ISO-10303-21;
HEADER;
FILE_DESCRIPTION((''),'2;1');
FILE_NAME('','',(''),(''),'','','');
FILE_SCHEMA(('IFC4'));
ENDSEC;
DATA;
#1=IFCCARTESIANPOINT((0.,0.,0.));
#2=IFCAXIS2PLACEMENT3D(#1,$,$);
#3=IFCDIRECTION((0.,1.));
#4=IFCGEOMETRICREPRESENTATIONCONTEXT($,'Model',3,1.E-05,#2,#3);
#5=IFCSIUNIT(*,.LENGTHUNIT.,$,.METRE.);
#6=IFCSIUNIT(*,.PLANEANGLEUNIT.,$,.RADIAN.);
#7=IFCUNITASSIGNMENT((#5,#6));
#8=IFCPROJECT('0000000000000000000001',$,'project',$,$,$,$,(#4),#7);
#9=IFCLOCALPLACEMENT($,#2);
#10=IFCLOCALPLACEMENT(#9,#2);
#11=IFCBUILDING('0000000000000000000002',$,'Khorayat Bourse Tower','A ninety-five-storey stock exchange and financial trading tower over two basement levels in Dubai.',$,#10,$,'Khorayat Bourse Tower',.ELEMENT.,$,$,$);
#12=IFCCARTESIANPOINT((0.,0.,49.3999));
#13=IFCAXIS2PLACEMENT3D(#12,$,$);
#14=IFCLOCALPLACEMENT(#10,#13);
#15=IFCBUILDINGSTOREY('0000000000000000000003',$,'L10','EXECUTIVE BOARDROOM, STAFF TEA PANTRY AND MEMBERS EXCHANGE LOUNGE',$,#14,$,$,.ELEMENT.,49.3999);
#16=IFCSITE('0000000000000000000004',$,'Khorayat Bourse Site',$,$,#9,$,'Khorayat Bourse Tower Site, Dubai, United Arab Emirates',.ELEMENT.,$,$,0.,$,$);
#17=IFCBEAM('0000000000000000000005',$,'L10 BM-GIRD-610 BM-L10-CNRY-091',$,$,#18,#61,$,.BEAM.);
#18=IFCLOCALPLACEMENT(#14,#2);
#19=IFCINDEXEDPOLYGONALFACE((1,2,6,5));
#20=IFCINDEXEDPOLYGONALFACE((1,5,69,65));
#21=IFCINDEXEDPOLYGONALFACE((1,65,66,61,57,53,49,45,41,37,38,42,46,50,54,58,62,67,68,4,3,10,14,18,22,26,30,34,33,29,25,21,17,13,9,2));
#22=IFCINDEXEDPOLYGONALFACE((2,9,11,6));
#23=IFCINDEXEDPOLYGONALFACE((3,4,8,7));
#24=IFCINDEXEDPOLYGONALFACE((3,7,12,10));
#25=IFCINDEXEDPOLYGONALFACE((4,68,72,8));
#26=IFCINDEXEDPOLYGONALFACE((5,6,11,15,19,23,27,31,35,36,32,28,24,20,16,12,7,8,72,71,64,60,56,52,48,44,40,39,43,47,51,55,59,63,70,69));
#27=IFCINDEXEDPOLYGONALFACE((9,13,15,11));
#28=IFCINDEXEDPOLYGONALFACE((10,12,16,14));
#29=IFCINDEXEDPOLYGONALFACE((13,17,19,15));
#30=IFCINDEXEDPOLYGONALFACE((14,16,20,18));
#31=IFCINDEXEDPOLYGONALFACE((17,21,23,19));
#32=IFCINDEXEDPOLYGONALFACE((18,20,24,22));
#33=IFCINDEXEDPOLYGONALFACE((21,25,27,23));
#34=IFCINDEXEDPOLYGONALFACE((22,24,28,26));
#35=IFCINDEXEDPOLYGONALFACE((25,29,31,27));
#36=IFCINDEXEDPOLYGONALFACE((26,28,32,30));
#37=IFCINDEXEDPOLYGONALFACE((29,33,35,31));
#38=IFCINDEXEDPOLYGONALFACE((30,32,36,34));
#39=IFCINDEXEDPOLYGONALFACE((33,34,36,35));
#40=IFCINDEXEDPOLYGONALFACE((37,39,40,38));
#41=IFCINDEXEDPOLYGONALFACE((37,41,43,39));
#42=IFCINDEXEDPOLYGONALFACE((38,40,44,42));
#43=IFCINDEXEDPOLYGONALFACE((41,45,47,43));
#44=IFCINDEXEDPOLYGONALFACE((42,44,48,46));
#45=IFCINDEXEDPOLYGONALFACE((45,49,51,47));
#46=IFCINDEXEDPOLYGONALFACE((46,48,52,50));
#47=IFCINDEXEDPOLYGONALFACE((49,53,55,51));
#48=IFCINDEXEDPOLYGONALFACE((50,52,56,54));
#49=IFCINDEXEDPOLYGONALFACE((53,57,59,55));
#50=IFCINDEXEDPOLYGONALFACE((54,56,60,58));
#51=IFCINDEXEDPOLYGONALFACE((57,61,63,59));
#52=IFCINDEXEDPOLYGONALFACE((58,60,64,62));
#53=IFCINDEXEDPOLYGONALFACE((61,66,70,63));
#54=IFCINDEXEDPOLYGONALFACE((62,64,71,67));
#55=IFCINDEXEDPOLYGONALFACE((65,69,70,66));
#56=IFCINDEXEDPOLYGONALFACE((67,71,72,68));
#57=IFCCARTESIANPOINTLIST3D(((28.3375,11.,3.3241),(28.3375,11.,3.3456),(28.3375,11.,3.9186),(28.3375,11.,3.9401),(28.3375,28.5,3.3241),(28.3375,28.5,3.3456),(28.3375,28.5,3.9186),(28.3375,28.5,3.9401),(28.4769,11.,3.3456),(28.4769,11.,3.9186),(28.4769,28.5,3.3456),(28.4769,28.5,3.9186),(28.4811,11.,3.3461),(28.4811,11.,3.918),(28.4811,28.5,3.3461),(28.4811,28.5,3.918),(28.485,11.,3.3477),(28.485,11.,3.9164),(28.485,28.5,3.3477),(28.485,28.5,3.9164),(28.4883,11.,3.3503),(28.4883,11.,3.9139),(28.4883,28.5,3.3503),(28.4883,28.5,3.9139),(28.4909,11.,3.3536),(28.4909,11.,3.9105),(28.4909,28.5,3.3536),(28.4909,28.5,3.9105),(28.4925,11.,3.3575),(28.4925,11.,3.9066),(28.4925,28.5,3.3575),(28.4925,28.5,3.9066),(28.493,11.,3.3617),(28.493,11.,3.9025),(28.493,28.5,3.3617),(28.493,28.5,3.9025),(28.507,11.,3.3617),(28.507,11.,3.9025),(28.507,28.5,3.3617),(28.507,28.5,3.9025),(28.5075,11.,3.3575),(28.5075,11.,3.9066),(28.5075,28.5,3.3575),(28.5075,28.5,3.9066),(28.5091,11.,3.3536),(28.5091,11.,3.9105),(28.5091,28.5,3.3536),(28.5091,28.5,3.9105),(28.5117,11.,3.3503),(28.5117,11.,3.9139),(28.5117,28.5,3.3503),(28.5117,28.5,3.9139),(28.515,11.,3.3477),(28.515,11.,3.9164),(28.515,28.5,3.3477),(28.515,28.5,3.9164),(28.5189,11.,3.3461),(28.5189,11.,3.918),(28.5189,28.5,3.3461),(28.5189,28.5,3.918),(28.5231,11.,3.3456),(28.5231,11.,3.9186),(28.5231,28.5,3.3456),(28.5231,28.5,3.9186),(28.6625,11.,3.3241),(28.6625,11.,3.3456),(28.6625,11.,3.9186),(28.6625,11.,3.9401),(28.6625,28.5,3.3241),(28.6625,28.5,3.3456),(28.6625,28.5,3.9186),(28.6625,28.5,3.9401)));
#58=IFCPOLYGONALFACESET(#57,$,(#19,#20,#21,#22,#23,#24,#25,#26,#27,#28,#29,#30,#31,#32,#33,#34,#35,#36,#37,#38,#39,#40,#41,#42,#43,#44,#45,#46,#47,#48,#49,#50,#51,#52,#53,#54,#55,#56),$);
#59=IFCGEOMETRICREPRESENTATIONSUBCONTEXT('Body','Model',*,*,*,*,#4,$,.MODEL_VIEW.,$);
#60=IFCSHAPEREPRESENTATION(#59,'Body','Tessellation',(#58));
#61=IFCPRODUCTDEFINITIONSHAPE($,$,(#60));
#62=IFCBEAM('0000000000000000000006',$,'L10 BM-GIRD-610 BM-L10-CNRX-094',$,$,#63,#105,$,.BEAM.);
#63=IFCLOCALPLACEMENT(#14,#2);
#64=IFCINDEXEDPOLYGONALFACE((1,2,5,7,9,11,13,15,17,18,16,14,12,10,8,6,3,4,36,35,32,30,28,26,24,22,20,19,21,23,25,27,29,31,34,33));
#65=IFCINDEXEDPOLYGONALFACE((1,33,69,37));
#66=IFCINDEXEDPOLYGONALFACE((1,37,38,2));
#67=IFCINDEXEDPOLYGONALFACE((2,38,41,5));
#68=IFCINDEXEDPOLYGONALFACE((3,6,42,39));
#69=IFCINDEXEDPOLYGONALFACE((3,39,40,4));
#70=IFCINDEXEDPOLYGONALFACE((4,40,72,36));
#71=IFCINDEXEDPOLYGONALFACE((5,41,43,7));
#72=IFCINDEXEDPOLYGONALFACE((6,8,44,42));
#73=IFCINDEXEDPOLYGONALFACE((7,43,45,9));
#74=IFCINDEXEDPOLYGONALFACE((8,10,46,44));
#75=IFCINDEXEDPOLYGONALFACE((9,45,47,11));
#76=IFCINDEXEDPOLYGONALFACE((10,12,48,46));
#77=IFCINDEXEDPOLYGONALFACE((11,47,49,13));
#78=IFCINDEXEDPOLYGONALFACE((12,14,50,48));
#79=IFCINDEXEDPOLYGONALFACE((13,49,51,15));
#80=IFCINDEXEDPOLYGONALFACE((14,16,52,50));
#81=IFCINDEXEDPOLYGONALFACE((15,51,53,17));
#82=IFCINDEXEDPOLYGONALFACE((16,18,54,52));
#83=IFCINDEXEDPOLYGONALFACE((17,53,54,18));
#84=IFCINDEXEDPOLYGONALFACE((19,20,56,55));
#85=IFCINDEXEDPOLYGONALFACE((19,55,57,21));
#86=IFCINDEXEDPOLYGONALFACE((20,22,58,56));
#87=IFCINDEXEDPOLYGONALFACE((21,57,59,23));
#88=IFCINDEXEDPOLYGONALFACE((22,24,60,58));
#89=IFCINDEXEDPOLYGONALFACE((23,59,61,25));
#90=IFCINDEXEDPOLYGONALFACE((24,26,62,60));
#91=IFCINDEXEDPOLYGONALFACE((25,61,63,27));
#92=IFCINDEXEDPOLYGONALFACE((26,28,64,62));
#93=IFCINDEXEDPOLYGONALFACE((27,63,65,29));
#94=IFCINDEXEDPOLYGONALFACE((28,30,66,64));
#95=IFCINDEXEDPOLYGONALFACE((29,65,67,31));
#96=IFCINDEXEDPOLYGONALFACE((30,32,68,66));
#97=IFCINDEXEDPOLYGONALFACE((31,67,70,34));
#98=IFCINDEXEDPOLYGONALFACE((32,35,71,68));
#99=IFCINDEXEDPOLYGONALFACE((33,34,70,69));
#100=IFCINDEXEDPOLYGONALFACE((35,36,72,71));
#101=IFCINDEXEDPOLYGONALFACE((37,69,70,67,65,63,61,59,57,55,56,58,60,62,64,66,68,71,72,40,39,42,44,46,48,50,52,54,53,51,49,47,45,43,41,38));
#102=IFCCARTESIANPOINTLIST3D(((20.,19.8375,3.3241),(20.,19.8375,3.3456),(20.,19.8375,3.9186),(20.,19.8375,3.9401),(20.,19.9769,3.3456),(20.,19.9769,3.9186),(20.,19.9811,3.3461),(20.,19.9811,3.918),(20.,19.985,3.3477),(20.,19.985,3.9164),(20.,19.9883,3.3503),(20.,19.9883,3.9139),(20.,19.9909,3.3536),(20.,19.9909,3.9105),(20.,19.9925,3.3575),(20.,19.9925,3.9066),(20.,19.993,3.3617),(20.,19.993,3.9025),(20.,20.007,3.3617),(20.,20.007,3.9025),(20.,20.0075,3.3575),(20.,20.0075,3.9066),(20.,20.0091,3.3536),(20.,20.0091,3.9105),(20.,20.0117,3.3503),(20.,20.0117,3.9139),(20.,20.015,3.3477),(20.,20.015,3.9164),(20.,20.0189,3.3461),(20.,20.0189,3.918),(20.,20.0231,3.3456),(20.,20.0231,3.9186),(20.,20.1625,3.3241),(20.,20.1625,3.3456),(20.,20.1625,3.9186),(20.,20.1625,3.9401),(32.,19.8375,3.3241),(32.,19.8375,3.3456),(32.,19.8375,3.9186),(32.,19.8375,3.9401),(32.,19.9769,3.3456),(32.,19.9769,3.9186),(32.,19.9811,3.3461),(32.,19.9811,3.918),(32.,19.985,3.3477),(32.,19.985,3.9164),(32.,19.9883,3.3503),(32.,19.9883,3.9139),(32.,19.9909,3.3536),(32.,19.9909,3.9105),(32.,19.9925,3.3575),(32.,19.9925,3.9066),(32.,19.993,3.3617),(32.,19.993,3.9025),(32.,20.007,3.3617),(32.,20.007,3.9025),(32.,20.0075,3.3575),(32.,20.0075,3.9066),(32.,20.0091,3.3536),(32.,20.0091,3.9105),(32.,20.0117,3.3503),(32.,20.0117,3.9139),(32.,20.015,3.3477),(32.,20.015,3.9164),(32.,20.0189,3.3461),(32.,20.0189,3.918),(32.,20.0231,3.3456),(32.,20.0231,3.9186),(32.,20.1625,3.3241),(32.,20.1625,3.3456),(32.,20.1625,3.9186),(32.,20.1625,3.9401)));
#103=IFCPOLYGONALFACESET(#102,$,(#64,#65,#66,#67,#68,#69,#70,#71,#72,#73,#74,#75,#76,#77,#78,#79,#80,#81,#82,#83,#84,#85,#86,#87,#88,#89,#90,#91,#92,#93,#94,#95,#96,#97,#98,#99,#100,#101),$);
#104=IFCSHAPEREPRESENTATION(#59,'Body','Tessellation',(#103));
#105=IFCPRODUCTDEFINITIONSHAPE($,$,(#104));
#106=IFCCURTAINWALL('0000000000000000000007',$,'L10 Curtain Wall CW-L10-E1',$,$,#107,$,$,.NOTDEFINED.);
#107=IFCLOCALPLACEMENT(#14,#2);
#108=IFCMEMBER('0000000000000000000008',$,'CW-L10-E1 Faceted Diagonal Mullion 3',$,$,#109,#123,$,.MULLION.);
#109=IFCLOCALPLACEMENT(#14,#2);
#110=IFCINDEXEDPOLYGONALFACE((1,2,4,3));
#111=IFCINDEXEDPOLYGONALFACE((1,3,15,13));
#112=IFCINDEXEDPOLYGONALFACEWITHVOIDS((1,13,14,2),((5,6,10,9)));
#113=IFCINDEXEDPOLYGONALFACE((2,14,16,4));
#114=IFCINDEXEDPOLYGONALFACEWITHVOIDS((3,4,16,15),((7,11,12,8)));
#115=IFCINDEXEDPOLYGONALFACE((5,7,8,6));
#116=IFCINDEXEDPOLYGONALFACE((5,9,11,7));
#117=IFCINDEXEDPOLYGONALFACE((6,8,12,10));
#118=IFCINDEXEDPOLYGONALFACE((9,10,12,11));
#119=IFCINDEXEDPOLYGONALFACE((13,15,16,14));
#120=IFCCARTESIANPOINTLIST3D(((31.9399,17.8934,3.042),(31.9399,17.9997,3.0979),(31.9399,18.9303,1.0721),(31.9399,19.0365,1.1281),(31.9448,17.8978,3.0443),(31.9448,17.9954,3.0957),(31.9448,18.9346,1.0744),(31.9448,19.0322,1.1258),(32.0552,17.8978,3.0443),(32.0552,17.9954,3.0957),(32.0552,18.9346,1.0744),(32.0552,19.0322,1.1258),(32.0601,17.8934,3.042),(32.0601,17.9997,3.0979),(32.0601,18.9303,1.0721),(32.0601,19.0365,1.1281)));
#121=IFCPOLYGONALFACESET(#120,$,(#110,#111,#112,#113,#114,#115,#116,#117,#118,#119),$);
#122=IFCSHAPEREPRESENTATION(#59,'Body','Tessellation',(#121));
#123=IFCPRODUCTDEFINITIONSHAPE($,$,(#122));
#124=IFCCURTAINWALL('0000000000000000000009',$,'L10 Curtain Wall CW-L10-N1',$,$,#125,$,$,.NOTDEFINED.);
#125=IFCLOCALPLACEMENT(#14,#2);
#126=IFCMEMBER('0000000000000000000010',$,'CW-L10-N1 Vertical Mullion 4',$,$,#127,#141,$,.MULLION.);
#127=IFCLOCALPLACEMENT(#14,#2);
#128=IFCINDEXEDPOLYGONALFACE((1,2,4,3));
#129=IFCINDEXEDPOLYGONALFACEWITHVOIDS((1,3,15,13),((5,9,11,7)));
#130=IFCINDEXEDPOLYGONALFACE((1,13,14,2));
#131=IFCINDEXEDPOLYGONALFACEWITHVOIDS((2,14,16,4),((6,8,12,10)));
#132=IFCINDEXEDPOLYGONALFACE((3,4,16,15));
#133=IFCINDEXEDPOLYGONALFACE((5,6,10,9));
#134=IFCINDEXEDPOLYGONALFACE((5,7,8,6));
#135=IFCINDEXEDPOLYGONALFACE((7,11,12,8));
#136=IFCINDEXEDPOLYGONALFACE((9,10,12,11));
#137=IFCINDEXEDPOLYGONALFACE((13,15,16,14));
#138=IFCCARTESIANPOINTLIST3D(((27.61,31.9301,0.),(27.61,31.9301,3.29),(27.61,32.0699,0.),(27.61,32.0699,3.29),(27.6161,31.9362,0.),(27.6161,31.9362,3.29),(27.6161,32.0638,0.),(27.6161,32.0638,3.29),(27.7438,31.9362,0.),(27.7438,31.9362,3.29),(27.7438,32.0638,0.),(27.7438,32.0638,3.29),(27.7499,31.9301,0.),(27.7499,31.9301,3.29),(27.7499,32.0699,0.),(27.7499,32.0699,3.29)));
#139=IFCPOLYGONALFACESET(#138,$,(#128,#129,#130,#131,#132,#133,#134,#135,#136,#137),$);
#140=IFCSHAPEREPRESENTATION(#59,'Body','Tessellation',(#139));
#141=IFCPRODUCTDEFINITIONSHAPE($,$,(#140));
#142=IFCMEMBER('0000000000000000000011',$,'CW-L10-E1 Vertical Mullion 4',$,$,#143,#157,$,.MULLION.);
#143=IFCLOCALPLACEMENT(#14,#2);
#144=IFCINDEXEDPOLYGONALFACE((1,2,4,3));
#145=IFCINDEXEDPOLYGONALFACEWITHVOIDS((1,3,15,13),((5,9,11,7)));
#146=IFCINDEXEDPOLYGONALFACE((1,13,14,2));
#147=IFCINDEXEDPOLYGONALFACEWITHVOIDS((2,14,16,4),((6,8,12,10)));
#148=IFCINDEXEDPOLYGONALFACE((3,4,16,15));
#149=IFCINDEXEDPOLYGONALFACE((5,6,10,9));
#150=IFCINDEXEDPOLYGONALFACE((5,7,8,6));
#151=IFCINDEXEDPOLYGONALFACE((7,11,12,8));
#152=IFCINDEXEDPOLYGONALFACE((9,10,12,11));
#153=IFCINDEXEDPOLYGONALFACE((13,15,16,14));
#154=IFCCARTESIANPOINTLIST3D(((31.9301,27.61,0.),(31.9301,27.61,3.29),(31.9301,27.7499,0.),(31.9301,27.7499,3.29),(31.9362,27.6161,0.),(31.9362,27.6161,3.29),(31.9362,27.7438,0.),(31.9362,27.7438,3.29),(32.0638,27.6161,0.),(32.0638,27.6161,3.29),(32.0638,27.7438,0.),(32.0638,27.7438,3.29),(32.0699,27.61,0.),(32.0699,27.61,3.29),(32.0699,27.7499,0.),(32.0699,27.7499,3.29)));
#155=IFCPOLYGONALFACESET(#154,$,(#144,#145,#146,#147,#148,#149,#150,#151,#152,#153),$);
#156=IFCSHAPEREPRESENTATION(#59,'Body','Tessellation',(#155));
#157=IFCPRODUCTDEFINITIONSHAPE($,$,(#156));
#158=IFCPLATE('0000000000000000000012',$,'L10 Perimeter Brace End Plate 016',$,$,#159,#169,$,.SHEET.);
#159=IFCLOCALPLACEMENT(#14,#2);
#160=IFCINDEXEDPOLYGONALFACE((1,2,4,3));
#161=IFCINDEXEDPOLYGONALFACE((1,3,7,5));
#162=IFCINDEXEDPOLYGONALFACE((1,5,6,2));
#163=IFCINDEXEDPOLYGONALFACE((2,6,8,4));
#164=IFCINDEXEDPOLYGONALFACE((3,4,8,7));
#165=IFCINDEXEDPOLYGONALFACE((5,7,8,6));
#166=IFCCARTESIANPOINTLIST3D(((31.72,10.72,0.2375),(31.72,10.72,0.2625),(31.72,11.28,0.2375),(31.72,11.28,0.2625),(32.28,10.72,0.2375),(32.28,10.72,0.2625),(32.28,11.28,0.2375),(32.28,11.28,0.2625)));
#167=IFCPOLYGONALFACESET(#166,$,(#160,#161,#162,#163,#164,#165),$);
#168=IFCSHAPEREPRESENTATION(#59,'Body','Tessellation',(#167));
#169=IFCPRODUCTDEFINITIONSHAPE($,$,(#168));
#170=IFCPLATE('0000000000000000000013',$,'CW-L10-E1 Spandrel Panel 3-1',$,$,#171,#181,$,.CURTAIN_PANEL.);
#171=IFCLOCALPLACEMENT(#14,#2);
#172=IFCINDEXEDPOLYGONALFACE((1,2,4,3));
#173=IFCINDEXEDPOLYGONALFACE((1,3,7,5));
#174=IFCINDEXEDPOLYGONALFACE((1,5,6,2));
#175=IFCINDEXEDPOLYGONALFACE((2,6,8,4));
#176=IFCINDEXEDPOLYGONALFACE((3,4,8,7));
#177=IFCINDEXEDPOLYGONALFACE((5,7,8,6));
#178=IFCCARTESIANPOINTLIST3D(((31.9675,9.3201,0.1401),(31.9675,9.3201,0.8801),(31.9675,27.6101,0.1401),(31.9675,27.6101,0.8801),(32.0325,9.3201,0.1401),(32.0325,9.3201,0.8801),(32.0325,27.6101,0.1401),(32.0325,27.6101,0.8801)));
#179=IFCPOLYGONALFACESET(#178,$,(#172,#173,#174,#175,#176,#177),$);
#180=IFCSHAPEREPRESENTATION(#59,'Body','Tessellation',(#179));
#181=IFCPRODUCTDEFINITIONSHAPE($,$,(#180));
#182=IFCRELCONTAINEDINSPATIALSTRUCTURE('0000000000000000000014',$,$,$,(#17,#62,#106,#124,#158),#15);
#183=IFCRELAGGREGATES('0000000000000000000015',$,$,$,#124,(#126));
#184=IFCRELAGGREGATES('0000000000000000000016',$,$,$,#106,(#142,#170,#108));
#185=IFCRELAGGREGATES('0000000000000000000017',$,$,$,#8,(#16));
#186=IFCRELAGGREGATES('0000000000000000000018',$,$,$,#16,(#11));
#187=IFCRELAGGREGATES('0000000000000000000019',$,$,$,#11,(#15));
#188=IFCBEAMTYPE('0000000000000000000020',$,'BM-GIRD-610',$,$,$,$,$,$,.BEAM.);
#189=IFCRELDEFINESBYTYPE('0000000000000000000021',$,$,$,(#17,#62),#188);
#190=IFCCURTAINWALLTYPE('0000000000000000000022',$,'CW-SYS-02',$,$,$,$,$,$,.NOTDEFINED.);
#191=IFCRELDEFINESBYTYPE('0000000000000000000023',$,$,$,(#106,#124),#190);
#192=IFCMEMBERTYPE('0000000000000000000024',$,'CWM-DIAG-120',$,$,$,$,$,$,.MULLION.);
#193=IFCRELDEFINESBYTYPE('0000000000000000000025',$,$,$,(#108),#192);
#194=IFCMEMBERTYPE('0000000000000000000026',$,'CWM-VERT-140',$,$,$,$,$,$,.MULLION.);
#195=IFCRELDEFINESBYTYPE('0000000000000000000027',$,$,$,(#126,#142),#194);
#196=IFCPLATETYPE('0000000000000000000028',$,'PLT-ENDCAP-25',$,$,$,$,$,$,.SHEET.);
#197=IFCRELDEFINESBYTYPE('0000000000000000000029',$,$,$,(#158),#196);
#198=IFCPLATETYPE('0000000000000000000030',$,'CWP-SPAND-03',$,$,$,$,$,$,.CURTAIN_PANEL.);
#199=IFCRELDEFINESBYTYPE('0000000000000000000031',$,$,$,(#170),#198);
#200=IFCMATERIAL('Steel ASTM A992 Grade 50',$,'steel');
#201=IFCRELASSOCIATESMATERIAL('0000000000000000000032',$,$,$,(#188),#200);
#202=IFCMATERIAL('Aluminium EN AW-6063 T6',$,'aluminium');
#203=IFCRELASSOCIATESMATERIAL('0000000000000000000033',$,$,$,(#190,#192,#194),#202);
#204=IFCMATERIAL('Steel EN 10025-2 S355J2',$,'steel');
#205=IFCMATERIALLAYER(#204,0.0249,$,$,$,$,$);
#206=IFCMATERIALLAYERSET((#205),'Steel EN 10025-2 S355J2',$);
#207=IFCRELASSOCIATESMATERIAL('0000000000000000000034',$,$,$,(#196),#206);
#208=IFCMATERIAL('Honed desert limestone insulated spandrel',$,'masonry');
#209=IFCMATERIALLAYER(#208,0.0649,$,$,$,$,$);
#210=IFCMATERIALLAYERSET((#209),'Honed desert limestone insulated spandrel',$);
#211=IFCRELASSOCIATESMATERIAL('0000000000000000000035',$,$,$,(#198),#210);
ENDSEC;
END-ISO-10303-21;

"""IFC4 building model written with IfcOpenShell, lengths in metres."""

from ifc_helpers import new_model, si_unit, direction, frame, origin, origin_2d, place, context, subcontext, project, spatial, rectangle, hollow_rectangle, i_section, extrude, source, transform, mapped, material, layer, layer_set, material_profile, profile_set, type_object, element, aggregate, save


model = new_model("IFC4")

# Units and contexts
model_context = context("Model", 3, precision=1e-05, world=origin(), true_north=direction((0.0, 1.0)))
body_context = subcontext(model_context, "Body", "Model", "MODEL_VIEW")
ifc_project = project(units=[si_unit("LENGTHUNIT", "METRE"), si_unit("PLANEANGLEUNIT", "RADIAN")], contexts=[model_context])

# Site, building, storey
site_placement = place(None, origin())
site = spatial("IfcSite", under=ifc_project, at=site_placement, Name="Khorayat Bourse Site", LongName="Khorayat Bourse Tower Site, Dubai, United Arab Emirates", CompositionType="ELEMENT", RefElevation=0.0)
building_placement = place(site_placement, origin())
building = spatial("IfcBuilding", under=site, at=building_placement, Name="Khorayat Bourse Tower", Description="A ninety-five-storey stock exchange and financial trading tower over two basement levels in Dubai.", LongName="Khorayat Bourse Tower", CompositionType="ELEMENT")
storey_placement = place(building_placement, frame((0.0, 0.0, 49.3999)))
storey = spatial("IfcBuildingStorey", under=building, at=storey_placement, Name="L10", Description="EXECUTIVE BOARDROOM, STAFF TEA PANTRY AND MEMBERS EXCHANGE LOUNGE", CompositionType="ELEMENT", Elevation=49.3999)

# Beams
ifc_material_1 = material(Name="Steel ASTM A992 Grade 50", Category="steel")
ifc_material_profile_1 = material_profile(ifc_material_1, i_section(OverallWidth=0.325, OverallDepth=0.616, WebThickness=0.0139, FlangeThickness=0.0215, FilletRadius=0.0161, at=origin_2d()), Name="W610X174")
ifc_profile_set_1 = profile_set([ifc_material_profile_1], Name="Steel ASTM A992 Grade 50")
beam_type_1 = type_object("IfcBeamType", Name="BM-GIRD-610", PredefinedType="BEAM", material=ifc_profile_set_1)
shared_shape_1 = source(origin(), body_context, "Body", "SweptSolid", [
    extrude(i_section(OverallWidth=0.325, OverallDepth=0.616, WebThickness=0.0139, FlangeThickness=0.0215, FilletRadius=0.0161, at=origin_2d()), origin(), (0.0, 0.0, 1.0), 17.5),
])
beam_1_placement = place(storey_placement, frame((28.5, 11.0, 3.6321), z_axis=(0.0, 1.0, 0.0), x_axis=(-1.0, 0.0, 0.0)))
element("IfcBeam", 1, at=beam_1_placement, inside=storey, type_object=beam_type_1, Name="L10 BM-GIRD-610 BM-L10-CNRY-091", PredefinedType="BEAM", context=body_context, shape_type="MappedRepresentation", body=[
    mapped(shared_shape_1, transform((0.0, 0.0, 0.0), scale=1.0)),
])
shared_shape_2 = source(origin(), body_context, "Body", "SweptSolid", [
    extrude(i_section(OverallWidth=0.325, OverallDepth=0.616, WebThickness=0.0139, FlangeThickness=0.0215, FilletRadius=0.0161, at=origin_2d()), origin(), (0.0, 0.0, 1.0), 12.0),
])
beam_2_placement = place(storey_placement, frame((20.0, 20.0, 3.6321), z_axis=(1.0, 0.0, 0.0), x_axis=(0.0, 1.0, 0.0)))
element("IfcBeam", 2, at=beam_2_placement, inside=storey, type_object=beam_type_1, Name="L10 BM-GIRD-610 BM-L10-CNRX-094", PredefinedType="BEAM", context=body_context, shape_type="MappedRepresentation", body=[
    mapped(shared_shape_2, transform((0.0, 0.0, 0.0), scale=1.0)),
])

# Curtain walls, members
ifc_material_2 = material(Name="Aluminium EN AW-6063 T6", Category="aluminium")
curtain_wall_type = type_object("IfcCurtainWallType", Name="CW-SYS-02", PredefinedType="NOTDEFINED", material=ifc_material_2)
curtain_wall_1_placement = place(storey_placement, origin())
curtain_wall_1 = element("IfcCurtainWall", 3, at=curtain_wall_1_placement, inside=storey, type_object=curtain_wall_type, Name="L10 Curtain Wall CW-L10-E1", PredefinedType="NOTDEFINED")
ifc_material_profile_2 = material_profile(ifc_material_2, hollow_rectangle(XDim=0.1201, YDim=0.1201, WallThickness=0.0049, at=origin_2d()), Name="ALU 120x120x5")
ifc_profile_set_2 = profile_set([ifc_material_profile_2], Name="Aluminium EN AW-6063 T6")
member_type_1 = type_object("IfcMemberType", Name="CWM-DIAG-120", PredefinedType="MULLION", material=ifc_profile_set_2)
shared_shape_3 = source(origin(), body_context, "Body", "SweptSolid", [
    extrude(hollow_rectangle(XDim=0.1201, YDim=0.1201, WallThickness=0.0049, at=origin_2d()), origin(), (0.0, 0.0, 1.0), 2.2261),
])
member_1_placement = place(storey_placement, frame((32.0, 18.9834, 1.1001), z_axis=(0.0, -0.46576, 0.884911), x_axis=(1.0, 0.0, 0.0)))
member_1 = element("IfcMember", 4, at=member_1_placement, type_object=member_type_1, Name="CW-L10-E1 Faceted Diagonal Mullion 3", PredefinedType="MULLION", context=body_context, shape_type="MappedRepresentation", body=[
    mapped(shared_shape_3, transform((0.0, 0.0, 0.0), scale=1.0)),
])
curtain_wall_2_placement = place(storey_placement, origin())
curtain_wall_2 = element("IfcCurtainWall", 5, at=curtain_wall_2_placement, inside=storey, type_object=curtain_wall_type, Name="L10 Curtain Wall CW-L10-N1", PredefinedType="NOTDEFINED")
ifc_material_profile_3 = material_profile(ifc_material_2, hollow_rectangle(XDim=0.1399, YDim=0.1399, WallThickness=0.0061, at=origin_2d()), Name="ALU 140x140x6")
ifc_profile_set_3 = profile_set([ifc_material_profile_3], Name="Aluminium EN AW-6063 T6")
member_type_2 = type_object("IfcMemberType", Name="CWM-VERT-140", PredefinedType="MULLION", material=ifc_profile_set_3)
shared_shape_4 = source(origin(), body_context, "Body", "SweptSolid", [
    extrude(hollow_rectangle(XDim=0.1399, YDim=0.1399, WallThickness=0.0061, at=origin_2d()), origin(), (0.0, 0.0, 1.0), 3.29),
])
member_2_placement = place(storey_placement, frame((27.6799, 32.0, 0.0), z_axis=(0.0, 0.0, 1.0), x_axis=(0.0, 1.0, 0.0)))
member_2 = element("IfcMember", 6, at=member_2_placement, type_object=member_type_2, Name="CW-L10-N1 Vertical Mullion 4", PredefinedType="MULLION", context=body_context, shape_type="MappedRepresentation", body=[
    mapped(shared_shape_4, transform((0.0, 0.0, 0.0), scale=1.0)),
])
aggregate(curtain_wall_2, [member_2])

# Member
member_3_placement = place(storey_placement, frame((32.0, 27.6799, 0.0), z_axis=(0.0, 0.0, 1.0), x_axis=(-1.0, 0.0, 0.0)))
member_3 = element("IfcMember", 7, at=member_3_placement, type_object=member_type_2, Name="CW-L10-E1 Vertical Mullion 4", PredefinedType="MULLION", context=body_context, shape_type="MappedRepresentation", body=[
    mapped(shared_shape_4, transform((0.0, 0.0, 0.0), scale=1.0)),
])

# Plates
ifc_material_3 = material(Name="Steel EN 10025-2 S355J2", Category="steel")
ifc_layer_1 = layer(ifc_material_3, 0.0249)
ifc_layer_set_1 = layer_set([ifc_layer_1], Name="Steel EN 10025-2 S355J2")
plate_type_1 = type_object("IfcPlateType", Name="PLT-ENDCAP-25", PredefinedType="SHEET", material=ifc_layer_set_1)
shared_shape_5 = source(origin(), body_context, "Body", "SweptSolid", [
    extrude(rectangle(XDim=0.5601, YDim=0.5601, at=origin_2d()), origin(), (0.0, 0.0, 1.0), 0.0249),
])
plate_1_placement = place(storey_placement, frame((32.0, 11.0, 0.2375), z_axis=(0.0, 0.0, 1.0), x_axis=(1.0, 0.0, 0.0)))
element("IfcPlate", 8, at=plate_1_placement, inside=storey, type_object=plate_type_1, Name="L10 Perimeter Brace End Plate 016", PredefinedType="SHEET", context=body_context, shape_type="MappedRepresentation", body=[
    mapped(shared_shape_5, transform((0.0, 0.0, 0.0), scale=1.0)),
])
ifc_material_4 = material(Name="Honed desert limestone insulated spandrel", Category="masonry")
ifc_layer_2 = layer(ifc_material_4, 0.0649)
ifc_layer_set_2 = layer_set([ifc_layer_2], Name="Honed desert limestone insulated spandrel")
plate_type_2 = type_object("IfcPlateType", Name="CWP-SPAND-03", PredefinedType="CURTAIN_PANEL", material=ifc_layer_set_2)
shared_shape_6 = source(origin(), body_context, "Body", "SweptSolid", [
    extrude(rectangle(XDim=18.29, YDim=0.0649, at=origin_2d()), origin(), (0.0, 0.0, 1.0), 0.74),
])
plate_2_placement = place(storey_placement, frame((32.0, 18.4651, 0.1401), z_axis=(0.0, 0.0, 1.0), x_axis=(0.0, 1.0, 0.0)))
plate_2 = element("IfcPlate", 9, at=plate_2_placement, type_object=plate_type_2, Name="CW-L10-E1 Spandrel Panel 3-1", PredefinedType="CURTAIN_PANEL", context=body_context, shape_type="MappedRepresentation", body=[
    mapped(shared_shape_6, transform((0.0, 0.0, 0.0), scale=1.0)),
])
aggregate(curtain_wall_1, [member_3, plate_2, member_1])

save(model, "model.ifc")
